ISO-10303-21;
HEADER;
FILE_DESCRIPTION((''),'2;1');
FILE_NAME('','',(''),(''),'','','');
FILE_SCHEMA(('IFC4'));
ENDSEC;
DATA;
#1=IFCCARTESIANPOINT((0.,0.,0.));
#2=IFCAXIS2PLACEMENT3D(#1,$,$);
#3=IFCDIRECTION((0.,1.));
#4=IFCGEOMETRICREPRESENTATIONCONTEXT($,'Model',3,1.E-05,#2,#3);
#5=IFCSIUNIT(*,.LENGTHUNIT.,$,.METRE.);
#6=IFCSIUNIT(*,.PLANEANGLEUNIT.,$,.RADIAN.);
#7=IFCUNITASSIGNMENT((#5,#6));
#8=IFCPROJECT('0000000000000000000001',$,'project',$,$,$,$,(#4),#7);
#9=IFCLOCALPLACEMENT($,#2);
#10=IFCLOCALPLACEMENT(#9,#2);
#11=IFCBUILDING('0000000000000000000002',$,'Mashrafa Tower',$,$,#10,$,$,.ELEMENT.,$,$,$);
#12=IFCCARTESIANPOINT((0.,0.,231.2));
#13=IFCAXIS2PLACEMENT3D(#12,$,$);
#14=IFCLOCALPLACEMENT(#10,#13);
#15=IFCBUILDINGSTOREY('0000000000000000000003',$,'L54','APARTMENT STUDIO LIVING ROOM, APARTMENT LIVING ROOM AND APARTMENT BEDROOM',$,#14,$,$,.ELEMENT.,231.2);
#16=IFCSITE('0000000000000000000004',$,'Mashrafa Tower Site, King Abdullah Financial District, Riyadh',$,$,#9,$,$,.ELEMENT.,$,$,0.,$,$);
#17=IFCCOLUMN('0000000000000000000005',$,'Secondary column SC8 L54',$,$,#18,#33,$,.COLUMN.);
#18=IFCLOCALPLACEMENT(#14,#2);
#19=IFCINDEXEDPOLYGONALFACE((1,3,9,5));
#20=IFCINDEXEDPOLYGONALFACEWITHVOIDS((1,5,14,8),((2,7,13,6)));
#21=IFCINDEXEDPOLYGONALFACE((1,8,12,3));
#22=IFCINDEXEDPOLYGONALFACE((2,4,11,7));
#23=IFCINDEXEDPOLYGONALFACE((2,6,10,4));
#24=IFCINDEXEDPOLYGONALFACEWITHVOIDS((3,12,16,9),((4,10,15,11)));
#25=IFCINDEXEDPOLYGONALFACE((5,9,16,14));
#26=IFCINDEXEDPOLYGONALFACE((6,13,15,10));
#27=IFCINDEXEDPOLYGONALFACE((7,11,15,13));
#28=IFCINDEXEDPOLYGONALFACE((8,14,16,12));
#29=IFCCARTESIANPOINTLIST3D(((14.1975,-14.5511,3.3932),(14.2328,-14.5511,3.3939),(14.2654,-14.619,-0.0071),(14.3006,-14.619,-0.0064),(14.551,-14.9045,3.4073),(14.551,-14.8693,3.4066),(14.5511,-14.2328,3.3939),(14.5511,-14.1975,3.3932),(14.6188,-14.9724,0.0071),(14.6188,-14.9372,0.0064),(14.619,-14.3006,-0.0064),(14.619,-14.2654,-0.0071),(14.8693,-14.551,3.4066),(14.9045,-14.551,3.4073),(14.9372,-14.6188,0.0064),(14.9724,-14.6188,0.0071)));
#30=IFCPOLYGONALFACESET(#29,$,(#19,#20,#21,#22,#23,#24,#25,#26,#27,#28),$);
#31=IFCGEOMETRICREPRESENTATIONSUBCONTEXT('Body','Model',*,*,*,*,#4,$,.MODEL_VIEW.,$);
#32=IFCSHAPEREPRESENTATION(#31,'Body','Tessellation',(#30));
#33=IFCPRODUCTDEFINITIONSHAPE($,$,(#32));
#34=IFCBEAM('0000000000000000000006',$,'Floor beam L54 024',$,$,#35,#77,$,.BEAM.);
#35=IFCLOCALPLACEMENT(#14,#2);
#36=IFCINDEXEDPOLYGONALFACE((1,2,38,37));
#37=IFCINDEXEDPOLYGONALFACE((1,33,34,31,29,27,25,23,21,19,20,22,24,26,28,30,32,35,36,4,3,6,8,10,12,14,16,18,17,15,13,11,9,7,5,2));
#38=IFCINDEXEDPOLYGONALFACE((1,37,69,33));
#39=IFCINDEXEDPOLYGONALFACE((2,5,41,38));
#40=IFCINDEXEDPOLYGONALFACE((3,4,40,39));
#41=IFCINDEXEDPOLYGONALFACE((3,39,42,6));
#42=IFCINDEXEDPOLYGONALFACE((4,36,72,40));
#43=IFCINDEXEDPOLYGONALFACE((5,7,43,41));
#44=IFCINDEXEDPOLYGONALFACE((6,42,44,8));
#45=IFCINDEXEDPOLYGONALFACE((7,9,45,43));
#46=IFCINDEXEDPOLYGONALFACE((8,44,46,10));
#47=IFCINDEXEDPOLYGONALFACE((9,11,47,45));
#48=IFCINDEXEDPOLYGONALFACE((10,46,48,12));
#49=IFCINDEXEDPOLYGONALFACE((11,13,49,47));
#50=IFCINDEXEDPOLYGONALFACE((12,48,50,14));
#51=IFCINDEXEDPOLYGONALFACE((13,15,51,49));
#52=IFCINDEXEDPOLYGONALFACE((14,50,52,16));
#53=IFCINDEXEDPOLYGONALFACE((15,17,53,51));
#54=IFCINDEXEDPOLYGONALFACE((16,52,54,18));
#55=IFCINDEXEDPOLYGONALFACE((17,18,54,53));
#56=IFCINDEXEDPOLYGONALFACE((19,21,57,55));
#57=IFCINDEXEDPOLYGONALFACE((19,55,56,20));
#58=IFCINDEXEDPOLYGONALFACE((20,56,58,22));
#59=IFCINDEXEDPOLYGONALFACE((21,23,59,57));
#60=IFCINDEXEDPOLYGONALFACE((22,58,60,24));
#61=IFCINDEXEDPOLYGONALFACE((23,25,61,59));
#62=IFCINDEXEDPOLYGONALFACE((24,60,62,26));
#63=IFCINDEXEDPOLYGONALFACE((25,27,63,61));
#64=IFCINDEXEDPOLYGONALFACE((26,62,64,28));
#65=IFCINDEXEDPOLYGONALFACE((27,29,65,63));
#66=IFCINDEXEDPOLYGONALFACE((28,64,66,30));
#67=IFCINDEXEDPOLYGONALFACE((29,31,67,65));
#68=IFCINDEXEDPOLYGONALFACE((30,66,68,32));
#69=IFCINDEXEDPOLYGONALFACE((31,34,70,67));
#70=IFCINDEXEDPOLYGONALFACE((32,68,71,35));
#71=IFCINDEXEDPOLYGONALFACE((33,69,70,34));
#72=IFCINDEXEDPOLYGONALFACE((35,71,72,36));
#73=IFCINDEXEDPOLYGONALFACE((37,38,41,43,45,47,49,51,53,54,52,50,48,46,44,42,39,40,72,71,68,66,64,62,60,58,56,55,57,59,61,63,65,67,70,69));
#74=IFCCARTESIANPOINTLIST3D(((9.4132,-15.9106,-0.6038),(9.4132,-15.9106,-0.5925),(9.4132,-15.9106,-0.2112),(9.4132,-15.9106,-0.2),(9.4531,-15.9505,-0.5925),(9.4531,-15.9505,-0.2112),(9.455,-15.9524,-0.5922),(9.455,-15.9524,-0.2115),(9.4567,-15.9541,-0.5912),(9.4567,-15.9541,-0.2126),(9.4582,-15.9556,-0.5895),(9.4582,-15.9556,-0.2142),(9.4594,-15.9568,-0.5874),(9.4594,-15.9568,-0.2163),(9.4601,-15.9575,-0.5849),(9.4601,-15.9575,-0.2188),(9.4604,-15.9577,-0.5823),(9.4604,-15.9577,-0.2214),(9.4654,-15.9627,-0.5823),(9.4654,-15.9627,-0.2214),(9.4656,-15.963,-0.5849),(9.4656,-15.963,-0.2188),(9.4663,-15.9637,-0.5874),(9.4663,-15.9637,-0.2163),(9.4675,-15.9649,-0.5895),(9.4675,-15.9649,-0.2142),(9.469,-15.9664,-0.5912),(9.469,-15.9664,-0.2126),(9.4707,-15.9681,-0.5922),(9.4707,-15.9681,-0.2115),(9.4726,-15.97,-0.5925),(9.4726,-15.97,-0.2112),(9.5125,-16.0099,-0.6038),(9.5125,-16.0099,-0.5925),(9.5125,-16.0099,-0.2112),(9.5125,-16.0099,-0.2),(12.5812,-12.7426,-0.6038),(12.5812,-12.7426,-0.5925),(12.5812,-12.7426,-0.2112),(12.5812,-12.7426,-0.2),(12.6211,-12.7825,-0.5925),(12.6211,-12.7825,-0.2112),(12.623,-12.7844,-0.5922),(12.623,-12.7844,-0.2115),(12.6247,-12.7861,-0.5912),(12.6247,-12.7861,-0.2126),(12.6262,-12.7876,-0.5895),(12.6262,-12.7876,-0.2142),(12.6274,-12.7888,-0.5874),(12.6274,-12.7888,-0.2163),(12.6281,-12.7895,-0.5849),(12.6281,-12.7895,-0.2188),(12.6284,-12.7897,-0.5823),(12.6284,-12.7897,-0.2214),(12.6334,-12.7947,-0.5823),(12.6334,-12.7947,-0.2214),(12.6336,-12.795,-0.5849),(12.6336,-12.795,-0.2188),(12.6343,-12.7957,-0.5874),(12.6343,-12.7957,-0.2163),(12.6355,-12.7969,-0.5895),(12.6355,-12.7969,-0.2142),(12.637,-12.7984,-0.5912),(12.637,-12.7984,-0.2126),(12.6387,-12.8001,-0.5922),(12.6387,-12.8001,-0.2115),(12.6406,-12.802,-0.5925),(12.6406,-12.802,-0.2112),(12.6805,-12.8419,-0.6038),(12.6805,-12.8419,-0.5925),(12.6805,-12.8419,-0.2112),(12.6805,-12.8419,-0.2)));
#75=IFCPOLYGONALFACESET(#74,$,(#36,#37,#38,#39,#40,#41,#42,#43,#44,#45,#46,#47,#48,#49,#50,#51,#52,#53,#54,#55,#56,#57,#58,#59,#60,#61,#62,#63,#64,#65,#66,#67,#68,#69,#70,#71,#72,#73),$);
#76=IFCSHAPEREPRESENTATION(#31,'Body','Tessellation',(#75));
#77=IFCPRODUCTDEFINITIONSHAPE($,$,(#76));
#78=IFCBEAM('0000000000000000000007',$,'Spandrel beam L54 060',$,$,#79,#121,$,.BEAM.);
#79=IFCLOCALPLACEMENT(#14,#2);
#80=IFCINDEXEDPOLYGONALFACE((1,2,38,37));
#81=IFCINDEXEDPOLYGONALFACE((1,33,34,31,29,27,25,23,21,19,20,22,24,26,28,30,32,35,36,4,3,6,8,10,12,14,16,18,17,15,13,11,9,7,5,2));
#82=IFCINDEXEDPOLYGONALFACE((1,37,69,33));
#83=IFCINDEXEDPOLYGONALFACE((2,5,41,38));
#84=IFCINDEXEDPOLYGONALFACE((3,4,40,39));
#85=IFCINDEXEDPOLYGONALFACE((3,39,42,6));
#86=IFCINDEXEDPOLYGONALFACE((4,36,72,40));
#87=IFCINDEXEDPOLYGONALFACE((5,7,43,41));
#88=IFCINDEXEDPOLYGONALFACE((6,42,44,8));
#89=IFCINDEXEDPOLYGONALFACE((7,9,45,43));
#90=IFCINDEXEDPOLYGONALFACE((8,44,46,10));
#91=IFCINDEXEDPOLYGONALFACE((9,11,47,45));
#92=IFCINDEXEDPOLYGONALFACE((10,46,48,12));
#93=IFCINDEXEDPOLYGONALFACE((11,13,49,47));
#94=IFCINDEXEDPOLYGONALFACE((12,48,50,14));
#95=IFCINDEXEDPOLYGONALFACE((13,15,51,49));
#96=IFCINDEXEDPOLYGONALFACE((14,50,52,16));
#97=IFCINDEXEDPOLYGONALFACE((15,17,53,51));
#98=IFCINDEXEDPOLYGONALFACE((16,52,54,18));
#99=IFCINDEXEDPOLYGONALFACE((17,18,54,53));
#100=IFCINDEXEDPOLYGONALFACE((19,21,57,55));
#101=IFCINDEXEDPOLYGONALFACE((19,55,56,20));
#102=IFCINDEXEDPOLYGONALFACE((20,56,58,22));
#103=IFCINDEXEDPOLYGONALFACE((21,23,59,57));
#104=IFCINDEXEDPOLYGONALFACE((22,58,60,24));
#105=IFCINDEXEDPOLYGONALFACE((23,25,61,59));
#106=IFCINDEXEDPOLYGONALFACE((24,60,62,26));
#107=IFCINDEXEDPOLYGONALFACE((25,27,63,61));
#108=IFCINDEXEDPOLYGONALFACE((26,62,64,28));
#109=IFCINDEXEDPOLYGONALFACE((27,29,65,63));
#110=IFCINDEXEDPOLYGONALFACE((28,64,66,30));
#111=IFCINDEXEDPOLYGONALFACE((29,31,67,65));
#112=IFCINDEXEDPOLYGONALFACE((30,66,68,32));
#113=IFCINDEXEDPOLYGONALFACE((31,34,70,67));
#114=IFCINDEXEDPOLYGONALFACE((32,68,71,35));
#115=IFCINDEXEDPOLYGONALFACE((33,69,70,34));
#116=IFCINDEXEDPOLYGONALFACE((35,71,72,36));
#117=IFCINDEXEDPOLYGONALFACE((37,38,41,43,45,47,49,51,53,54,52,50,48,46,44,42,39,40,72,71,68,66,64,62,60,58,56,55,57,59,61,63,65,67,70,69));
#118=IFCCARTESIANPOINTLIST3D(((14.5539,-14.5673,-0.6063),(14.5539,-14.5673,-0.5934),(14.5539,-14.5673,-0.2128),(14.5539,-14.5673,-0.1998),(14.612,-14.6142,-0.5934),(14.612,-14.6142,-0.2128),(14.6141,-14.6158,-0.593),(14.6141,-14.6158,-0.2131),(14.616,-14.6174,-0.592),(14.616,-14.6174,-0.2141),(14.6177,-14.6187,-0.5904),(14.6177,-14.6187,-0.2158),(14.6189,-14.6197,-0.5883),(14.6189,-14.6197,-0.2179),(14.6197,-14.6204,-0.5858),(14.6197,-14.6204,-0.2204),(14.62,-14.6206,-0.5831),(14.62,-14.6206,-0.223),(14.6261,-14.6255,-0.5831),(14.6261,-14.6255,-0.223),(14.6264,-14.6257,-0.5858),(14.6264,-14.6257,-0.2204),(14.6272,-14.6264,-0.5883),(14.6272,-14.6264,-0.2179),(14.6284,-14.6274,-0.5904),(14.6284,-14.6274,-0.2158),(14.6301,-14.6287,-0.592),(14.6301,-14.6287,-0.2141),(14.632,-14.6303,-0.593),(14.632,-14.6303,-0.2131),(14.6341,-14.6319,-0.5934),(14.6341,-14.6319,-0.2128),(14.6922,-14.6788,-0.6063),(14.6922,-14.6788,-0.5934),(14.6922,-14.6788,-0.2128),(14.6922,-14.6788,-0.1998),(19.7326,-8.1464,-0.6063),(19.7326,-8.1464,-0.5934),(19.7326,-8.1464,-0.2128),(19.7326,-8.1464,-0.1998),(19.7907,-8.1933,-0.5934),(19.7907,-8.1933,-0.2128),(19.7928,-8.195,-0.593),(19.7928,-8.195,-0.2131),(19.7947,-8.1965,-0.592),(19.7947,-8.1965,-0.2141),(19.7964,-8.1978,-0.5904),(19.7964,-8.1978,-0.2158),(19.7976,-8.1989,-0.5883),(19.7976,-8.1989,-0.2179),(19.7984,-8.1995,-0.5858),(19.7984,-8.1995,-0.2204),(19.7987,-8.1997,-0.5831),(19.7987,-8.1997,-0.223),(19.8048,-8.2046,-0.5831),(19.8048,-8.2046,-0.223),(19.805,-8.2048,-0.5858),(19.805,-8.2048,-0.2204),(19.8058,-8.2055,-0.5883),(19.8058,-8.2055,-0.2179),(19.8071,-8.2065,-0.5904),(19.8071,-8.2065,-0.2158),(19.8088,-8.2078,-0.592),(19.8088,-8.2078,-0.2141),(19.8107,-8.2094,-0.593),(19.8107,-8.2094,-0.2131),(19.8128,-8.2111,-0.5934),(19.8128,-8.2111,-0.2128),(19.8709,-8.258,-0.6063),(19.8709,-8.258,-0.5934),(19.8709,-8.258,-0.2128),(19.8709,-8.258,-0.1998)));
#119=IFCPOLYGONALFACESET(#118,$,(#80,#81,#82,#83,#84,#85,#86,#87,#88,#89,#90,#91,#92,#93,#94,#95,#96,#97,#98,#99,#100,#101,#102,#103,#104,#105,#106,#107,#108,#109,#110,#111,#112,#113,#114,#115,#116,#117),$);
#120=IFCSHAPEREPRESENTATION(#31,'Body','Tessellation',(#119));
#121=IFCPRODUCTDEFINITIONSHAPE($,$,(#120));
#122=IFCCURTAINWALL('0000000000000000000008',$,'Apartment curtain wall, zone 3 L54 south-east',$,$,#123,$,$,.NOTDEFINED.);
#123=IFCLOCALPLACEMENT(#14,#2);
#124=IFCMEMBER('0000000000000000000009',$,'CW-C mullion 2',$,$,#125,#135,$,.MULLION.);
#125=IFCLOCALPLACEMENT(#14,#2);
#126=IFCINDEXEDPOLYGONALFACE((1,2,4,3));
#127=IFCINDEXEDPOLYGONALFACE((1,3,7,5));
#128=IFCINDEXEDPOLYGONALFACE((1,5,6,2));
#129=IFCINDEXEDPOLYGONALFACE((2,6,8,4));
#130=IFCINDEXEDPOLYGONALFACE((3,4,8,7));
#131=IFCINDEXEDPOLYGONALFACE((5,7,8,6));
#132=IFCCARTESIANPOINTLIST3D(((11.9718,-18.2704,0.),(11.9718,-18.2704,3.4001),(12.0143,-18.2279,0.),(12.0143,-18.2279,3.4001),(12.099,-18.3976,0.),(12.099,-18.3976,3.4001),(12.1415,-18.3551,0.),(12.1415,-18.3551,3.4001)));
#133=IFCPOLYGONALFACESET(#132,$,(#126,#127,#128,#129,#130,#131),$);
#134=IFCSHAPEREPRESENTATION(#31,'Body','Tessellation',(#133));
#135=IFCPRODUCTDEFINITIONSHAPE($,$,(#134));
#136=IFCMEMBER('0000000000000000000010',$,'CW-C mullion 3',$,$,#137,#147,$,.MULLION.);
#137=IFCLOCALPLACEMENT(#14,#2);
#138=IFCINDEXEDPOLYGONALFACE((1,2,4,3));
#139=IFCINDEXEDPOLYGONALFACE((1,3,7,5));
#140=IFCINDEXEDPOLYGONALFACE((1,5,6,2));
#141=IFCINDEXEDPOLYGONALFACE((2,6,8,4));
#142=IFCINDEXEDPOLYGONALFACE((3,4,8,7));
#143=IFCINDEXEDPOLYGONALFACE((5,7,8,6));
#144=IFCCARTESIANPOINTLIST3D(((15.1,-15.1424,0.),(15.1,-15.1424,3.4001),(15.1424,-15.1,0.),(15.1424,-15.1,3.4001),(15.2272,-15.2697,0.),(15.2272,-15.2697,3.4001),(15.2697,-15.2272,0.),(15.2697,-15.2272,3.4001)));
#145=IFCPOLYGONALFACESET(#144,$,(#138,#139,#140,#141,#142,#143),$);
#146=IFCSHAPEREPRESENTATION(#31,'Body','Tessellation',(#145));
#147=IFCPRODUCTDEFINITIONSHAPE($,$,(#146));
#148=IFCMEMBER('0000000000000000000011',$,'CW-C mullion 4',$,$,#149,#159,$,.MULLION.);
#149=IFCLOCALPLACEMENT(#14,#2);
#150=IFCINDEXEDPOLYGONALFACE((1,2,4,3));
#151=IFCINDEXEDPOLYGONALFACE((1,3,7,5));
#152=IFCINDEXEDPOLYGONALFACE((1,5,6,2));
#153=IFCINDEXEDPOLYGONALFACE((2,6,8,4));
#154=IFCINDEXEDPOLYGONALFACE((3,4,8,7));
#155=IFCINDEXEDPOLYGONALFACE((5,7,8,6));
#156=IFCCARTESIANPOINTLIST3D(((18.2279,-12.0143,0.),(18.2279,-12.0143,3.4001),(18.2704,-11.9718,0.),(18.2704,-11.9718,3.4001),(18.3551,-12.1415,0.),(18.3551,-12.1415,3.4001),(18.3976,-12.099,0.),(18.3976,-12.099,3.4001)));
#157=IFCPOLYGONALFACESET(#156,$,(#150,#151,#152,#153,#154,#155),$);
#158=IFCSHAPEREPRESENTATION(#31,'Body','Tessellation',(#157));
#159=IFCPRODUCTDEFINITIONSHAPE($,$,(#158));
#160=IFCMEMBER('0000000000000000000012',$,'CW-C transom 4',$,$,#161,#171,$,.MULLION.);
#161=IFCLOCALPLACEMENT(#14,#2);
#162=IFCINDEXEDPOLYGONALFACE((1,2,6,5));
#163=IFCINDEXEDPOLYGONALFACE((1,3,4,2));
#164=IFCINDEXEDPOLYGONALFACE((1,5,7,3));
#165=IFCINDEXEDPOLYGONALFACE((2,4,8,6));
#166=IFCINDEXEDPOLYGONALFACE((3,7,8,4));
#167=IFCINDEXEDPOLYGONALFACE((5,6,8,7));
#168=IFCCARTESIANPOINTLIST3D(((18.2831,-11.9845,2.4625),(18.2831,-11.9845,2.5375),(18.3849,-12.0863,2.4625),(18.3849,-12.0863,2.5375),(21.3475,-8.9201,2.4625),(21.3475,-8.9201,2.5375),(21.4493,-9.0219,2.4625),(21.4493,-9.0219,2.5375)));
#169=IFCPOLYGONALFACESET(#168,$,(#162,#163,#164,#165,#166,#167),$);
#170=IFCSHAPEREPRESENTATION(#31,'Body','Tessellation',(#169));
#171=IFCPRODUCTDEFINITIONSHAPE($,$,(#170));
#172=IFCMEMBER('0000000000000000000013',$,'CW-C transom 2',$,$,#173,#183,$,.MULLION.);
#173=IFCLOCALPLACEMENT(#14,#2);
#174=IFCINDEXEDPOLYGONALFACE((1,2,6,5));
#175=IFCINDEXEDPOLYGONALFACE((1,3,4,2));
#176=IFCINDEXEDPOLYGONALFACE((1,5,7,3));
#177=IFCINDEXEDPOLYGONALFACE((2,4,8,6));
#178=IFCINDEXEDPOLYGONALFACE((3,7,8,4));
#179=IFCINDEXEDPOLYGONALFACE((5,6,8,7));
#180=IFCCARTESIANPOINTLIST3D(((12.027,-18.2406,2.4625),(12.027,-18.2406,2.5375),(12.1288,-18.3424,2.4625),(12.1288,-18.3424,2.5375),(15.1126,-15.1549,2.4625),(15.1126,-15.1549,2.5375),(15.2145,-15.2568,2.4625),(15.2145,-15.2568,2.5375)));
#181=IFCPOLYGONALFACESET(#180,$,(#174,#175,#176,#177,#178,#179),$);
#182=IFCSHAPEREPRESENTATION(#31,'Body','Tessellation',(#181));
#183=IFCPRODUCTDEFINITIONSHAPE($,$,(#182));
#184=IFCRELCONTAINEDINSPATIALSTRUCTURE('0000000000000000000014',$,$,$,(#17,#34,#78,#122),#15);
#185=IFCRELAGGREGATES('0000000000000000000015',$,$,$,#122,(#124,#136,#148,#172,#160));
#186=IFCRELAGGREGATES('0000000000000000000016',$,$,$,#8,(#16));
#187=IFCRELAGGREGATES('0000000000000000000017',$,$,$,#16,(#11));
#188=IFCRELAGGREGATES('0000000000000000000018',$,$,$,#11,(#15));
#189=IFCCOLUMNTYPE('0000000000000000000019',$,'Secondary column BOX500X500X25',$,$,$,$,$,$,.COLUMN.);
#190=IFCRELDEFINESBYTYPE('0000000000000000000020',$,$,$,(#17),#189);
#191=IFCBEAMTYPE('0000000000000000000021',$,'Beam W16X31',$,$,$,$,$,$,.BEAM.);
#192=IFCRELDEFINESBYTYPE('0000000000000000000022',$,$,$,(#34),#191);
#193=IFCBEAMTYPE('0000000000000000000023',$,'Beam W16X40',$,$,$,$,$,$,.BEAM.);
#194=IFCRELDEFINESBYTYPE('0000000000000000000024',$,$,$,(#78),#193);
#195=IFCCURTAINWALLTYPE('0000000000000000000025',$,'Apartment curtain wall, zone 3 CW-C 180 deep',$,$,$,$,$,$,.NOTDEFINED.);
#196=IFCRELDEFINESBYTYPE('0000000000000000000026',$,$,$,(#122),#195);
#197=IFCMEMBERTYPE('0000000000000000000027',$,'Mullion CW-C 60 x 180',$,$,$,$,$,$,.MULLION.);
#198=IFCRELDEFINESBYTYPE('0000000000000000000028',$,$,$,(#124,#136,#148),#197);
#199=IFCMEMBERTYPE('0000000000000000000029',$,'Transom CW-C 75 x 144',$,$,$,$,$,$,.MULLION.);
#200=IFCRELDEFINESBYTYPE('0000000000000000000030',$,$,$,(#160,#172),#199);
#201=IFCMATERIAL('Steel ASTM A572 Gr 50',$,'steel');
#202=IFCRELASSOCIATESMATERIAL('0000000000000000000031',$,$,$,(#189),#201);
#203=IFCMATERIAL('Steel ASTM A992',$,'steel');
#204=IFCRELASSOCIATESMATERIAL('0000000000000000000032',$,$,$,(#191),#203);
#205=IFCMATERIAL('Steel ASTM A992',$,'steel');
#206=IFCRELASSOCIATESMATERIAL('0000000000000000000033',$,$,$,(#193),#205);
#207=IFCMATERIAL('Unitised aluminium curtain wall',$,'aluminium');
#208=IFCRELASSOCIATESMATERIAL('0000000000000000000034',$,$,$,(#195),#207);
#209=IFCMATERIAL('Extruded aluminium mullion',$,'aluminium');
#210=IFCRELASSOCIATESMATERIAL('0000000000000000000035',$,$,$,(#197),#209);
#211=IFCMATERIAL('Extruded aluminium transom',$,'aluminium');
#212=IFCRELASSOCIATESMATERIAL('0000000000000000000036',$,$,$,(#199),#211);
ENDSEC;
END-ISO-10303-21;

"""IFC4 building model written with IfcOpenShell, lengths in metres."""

from ifc_helpers import new_model, si_unit, direction, frame, origin, origin_2d, place, context, subcontext, project, spatial, rectangle, hollow_rectangle, i_section, extrude, source, transform, mapped, material, material_profile, profile_set, type_object, type_shapes, element, aggregate, save


model = new_model("IFC4")

# Units and contexts
model_context = context("Model", 3, precision=1e-05, world=origin(), true_north=direction((0.0, 1.0)))
body_context = subcontext(model_context, "Body", "Model", "MODEL_VIEW")
ifc_project = project(units=[si_unit("LENGTHUNIT", "METRE"), si_unit("PLANEANGLEUNIT", "RADIAN")], contexts=[model_context])

# Site, building, storey
site_placement = place(None, origin())
site = spatial("IfcSite", under=ifc_project, at=site_placement, Name="Mashrafa Tower Site, King Abdullah Financial District, Riyadh", CompositionType="ELEMENT", RefElevation=0.0)
building_placement = place(site_placement, origin())
building = spatial("IfcBuilding", under=site, at=building_placement, Name="Mashrafa Tower", CompositionType="ELEMENT")
storey_placement = place(building_placement, frame((0.0, 0.0, 231.2)))
storey = spatial("IfcBuildingStorey", under=building, at=storey_placement, Name="L54", Description="APARTMENT STUDIO LIVING ROOM, APARTMENT LIVING ROOM AND APARTMENT BEDROOM", CompositionType="ELEMENT", Elevation=231.2)

# Column
ifc_material_1 = material(Name="Steel ASTM A572 Gr 50", Category="steel")
ifc_material_profile_1 = material_profile(ifc_material_1, hollow_rectangle(XDim=0.5, YDim=0.5, WallThickness=0.0249, at=origin_2d()), Name="BOX500X500X25")
ifc_profile_set_1 = profile_set([ifc_material_profile_1], Name="Steel ASTM A572 Gr 50")
column_type = type_object("IfcColumnType", Name="Secondary column BOX500X500X25", PredefinedType="COLUMN", material=ifc_profile_set_1)
column_placement = place(storey_placement, frame((14.6189, -14.6189, 0.0), z_axis=(-0.019953, 0.019953, 0.999602), x_axis=(-0.707107, -0.707107, 0.0)))
element("IfcColumn", 1, at=column_placement, inside=storey, type_object=column_type, Name="Secondary column SC8 L54", PredefinedType="COLUMN", context=body_context, shape_type="SweptSolid", body=[
    extrude(hollow_rectangle(XDim=0.5, YDim=0.5, WallThickness=0.0249, at=origin_2d()), origin(), (0.0, 0.0, 1.0), 3.4016),
])

# Beams
ifc_material_2 = material(Name="Steel ASTM A992", Category="steel")
ifc_material_profile_2 = material_profile(ifc_material_2, i_section(OverallWidth=0.1404, OverallDepth=0.4038, WebThickness=0.0071, FlangeThickness=0.0112, FilletRadius=0.0103, at=origin_2d()), Name="W16X31")
ifc_profile_set_2 = profile_set([ifc_material_profile_2], Name="Steel ASTM A992")
beam_type_1 = type_object("IfcBeamType", Name="Beam W16X31", PredefinedType="BEAM", material=ifc_profile_set_2)
beam_1_placement = place(storey_placement, frame((12.6309, -12.7922, -0.4019), z_axis=(-0.707107, -0.707107, 0.0), x_axis=(0.707107, -0.707107, 0.0)))
element("IfcBeam", 2, at=beam_1_placement, inside=storey, type_object=beam_type_1, Name="Floor beam L54 024", PredefinedType="BEAM", context=body_context, shape_type="SweptSolid", body=[
    extrude(i_section(OverallWidth=0.1404, OverallDepth=0.4038, WebThickness=0.0071, FlangeThickness=0.0112, FilletRadius=0.0103, at=origin_2d()), origin(), (0.0, 0.0, 1.0), 4.4802),
])
ifc_material_3 = material(Name="Steel ASTM A992", Category="steel")
ifc_material_profile_3 = material_profile(ifc_material_3, i_section(OverallWidth=0.1777, OverallDepth=0.4065, WebThickness=0.0078, FlangeThickness=0.0129, FilletRadius=0.0103, at=origin_2d()), Name="W16X40")
ifc_profile_set_3 = profile_set([ifc_material_profile_3], Name="Steel ASTM A992")
beam_type_2 = type_object("IfcBeamType", Name="Beam W16X40", PredefinedType="BEAM", material=ifc_profile_set_3)
beam_2_placement = place(storey_placement, frame((14.623, -14.623, -0.4031), z_axis=(0.627794, 0.778379, 0.0), x_axis=(-0.778379, 0.627794, 0.0)))
element("IfcBeam", 3, at=beam_2_placement, inside=storey, type_object=beam_type_2, Name="Spandrel beam L54 060", PredefinedType="BEAM", context=body_context, shape_type="SweptSolid", body=[
    extrude(i_section(OverallWidth=0.1777, OverallDepth=0.4065, WebThickness=0.0078, FlangeThickness=0.0129, FilletRadius=0.0103, at=origin_2d()), origin(), (0.0, 0.0, 1.0), 8.249),
])

# Curtain wall, members
ifc_material_4 = material(Name="Unitised aluminium curtain wall", Category="aluminium")
curtain_wall_type = type_object("IfcCurtainWallType", Name="Apartment curtain wall, zone 3 CW-C 180 deep", PredefinedType="NOTDEFINED", material=ifc_material_4)
curtain_wall_placement = place(storey_placement, origin())
curtain_wall = element("IfcCurtainWall", 4, at=curtain_wall_placement, inside=storey, type_object=curtain_wall_type, Name="Apartment curtain wall, zone 3 L54 south-east", PredefinedType="NOTDEFINED")
ifc_material_5 = material(Name="Extruded aluminium mullion", Category="aluminium")
ifc_material_profile_4 = material_profile(ifc_material_5, rectangle(XDim=0.1799, YDim=0.0601, at=origin_2d()), Name="Mullion 60x180")
ifc_profile_set_4 = profile_set([ifc_material_profile_4], Name="Extruded aluminium mullion")
member_type_1 = type_object("IfcMemberType", Name="Mullion CW-C 60 x 180", PredefinedType="MULLION", material=ifc_profile_set_4)
shared_shape_1 = source(origin(), body_context, "Body", "SweptSolid", [
    extrude(rectangle(XDim=0.1799, YDim=0.0601, at=origin_2d()), origin(), (0.0, 0.0, 1.0), 3.4001),
])
type_shapes(member_type_1, [shared_shape_1])
member_1_placement = place(storey_placement, frame((12.0566, -18.3127, 0.0), z_axis=(0.0, 0.0, 1.0), x_axis=(-0.707107, 0.707107, 0.0)))
member_1 = element("IfcMember", 5, at=member_1_placement, type_object=member_type_1, Name="CW-C mullion 2", PredefinedType="MULLION", context=body_context, shape_type="MappedRepresentation", body=[
    mapped(shared_shape_1, transform((0.0, 0.0, 0.0))),
])
member_2_placement = place(storey_placement, frame((15.1848, -15.1848, 0.0), z_axis=(0.0, 0.0, 1.0), x_axis=(-0.707107, 0.707107, 0.0)))
member_2 = element("IfcMember", 6, at=member_2_placement, type_object=member_type_1, Name="CW-C mullion 3", PredefinedType="MULLION", context=body_context, shape_type="MappedRepresentation", body=[
    mapped(shared_shape_1, transform((0.0, 0.0, 0.0))),
])
member_3_placement = place(storey_placement, frame((18.3127, -12.0566, 0.0), z_axis=(0.0, 0.0, 1.0), x_axis=(-0.707107, 0.707107, 0.0)))
member_3 = element("IfcMember", 7, at=member_3_placement, type_object=member_type_1, Name="CW-C mullion 4", PredefinedType="MULLION", context=body_context, shape_type="MappedRepresentation", body=[
    mapped(shared_shape_1, transform((0.0, 0.0, 0.0))),
])
ifc_material_6 = material(Name="Extruded aluminium transom", Category="aluminium")
ifc_material_profile_5 = material_profile(ifc_material_6, rectangle(XDim=0.144, YDim=0.075, at=origin_2d()), Name="Transom 75x144")
ifc_profile_set_5 = profile_set([ifc_material_profile_5], Name="Extruded aluminium transom")
member_type_2 = type_object("IfcMemberType", Name="Transom CW-C 75 x 144", PredefinedType="MULLION", material=ifc_profile_set_5)
shared_shape_2 = source(origin(), body_context, "Body", "SweptSolid", [
    extrude(rectangle(XDim=0.144, YDim=0.075, at=origin_2d()), origin(), (0.0, 0.0, 1.0), 4.3337),
])
member_4_placement = place(storey_placement, frame((18.334, -12.0354, 2.5), z_axis=(0.707107, 0.707107, 0.0), x_axis=(-0.707107, 0.707107, 0.0)))
member_4 = element("IfcMember", 8, at=member_4_placement, type_object=member_type_2, Name="CW-C transom 4", PredefinedType="MULLION", context=body_context, shape_type="MappedRepresentation", body=[
    mapped(shared_shape_2, transform((0.0, 0.0, 0.0))),
])
shared_shape_3 = source(origin(), body_context, "Body", "SweptSolid", [
    extrude(rectangle(XDim=0.144, YDim=0.075, at=origin_2d()), origin(), (0.0, 0.0, 1.0), 4.3638),
])
type_shapes(member_type_2, [shared_shape_2, shared_shape_3])
member_5_placement = place(storey_placement, frame((12.0779, -18.2915, 2.5), z_axis=(0.707107, 0.707107, 0.0), x_axis=(-0.707107, 0.707107, 0.0)))
member_5 = element("IfcMember", 9, at=member_5_placement, type_object=member_type_2, Name="CW-C transom 2", PredefinedType="MULLION", context=body_context, shape_type="MappedRepresentation", body=[
    mapped(shared_shape_3, transform((0.0, 0.0, 0.0))),
])
aggregate(curtain_wall, [member_1, member_2, member_3, member_5, member_4])

save(model, "model.ifc")
